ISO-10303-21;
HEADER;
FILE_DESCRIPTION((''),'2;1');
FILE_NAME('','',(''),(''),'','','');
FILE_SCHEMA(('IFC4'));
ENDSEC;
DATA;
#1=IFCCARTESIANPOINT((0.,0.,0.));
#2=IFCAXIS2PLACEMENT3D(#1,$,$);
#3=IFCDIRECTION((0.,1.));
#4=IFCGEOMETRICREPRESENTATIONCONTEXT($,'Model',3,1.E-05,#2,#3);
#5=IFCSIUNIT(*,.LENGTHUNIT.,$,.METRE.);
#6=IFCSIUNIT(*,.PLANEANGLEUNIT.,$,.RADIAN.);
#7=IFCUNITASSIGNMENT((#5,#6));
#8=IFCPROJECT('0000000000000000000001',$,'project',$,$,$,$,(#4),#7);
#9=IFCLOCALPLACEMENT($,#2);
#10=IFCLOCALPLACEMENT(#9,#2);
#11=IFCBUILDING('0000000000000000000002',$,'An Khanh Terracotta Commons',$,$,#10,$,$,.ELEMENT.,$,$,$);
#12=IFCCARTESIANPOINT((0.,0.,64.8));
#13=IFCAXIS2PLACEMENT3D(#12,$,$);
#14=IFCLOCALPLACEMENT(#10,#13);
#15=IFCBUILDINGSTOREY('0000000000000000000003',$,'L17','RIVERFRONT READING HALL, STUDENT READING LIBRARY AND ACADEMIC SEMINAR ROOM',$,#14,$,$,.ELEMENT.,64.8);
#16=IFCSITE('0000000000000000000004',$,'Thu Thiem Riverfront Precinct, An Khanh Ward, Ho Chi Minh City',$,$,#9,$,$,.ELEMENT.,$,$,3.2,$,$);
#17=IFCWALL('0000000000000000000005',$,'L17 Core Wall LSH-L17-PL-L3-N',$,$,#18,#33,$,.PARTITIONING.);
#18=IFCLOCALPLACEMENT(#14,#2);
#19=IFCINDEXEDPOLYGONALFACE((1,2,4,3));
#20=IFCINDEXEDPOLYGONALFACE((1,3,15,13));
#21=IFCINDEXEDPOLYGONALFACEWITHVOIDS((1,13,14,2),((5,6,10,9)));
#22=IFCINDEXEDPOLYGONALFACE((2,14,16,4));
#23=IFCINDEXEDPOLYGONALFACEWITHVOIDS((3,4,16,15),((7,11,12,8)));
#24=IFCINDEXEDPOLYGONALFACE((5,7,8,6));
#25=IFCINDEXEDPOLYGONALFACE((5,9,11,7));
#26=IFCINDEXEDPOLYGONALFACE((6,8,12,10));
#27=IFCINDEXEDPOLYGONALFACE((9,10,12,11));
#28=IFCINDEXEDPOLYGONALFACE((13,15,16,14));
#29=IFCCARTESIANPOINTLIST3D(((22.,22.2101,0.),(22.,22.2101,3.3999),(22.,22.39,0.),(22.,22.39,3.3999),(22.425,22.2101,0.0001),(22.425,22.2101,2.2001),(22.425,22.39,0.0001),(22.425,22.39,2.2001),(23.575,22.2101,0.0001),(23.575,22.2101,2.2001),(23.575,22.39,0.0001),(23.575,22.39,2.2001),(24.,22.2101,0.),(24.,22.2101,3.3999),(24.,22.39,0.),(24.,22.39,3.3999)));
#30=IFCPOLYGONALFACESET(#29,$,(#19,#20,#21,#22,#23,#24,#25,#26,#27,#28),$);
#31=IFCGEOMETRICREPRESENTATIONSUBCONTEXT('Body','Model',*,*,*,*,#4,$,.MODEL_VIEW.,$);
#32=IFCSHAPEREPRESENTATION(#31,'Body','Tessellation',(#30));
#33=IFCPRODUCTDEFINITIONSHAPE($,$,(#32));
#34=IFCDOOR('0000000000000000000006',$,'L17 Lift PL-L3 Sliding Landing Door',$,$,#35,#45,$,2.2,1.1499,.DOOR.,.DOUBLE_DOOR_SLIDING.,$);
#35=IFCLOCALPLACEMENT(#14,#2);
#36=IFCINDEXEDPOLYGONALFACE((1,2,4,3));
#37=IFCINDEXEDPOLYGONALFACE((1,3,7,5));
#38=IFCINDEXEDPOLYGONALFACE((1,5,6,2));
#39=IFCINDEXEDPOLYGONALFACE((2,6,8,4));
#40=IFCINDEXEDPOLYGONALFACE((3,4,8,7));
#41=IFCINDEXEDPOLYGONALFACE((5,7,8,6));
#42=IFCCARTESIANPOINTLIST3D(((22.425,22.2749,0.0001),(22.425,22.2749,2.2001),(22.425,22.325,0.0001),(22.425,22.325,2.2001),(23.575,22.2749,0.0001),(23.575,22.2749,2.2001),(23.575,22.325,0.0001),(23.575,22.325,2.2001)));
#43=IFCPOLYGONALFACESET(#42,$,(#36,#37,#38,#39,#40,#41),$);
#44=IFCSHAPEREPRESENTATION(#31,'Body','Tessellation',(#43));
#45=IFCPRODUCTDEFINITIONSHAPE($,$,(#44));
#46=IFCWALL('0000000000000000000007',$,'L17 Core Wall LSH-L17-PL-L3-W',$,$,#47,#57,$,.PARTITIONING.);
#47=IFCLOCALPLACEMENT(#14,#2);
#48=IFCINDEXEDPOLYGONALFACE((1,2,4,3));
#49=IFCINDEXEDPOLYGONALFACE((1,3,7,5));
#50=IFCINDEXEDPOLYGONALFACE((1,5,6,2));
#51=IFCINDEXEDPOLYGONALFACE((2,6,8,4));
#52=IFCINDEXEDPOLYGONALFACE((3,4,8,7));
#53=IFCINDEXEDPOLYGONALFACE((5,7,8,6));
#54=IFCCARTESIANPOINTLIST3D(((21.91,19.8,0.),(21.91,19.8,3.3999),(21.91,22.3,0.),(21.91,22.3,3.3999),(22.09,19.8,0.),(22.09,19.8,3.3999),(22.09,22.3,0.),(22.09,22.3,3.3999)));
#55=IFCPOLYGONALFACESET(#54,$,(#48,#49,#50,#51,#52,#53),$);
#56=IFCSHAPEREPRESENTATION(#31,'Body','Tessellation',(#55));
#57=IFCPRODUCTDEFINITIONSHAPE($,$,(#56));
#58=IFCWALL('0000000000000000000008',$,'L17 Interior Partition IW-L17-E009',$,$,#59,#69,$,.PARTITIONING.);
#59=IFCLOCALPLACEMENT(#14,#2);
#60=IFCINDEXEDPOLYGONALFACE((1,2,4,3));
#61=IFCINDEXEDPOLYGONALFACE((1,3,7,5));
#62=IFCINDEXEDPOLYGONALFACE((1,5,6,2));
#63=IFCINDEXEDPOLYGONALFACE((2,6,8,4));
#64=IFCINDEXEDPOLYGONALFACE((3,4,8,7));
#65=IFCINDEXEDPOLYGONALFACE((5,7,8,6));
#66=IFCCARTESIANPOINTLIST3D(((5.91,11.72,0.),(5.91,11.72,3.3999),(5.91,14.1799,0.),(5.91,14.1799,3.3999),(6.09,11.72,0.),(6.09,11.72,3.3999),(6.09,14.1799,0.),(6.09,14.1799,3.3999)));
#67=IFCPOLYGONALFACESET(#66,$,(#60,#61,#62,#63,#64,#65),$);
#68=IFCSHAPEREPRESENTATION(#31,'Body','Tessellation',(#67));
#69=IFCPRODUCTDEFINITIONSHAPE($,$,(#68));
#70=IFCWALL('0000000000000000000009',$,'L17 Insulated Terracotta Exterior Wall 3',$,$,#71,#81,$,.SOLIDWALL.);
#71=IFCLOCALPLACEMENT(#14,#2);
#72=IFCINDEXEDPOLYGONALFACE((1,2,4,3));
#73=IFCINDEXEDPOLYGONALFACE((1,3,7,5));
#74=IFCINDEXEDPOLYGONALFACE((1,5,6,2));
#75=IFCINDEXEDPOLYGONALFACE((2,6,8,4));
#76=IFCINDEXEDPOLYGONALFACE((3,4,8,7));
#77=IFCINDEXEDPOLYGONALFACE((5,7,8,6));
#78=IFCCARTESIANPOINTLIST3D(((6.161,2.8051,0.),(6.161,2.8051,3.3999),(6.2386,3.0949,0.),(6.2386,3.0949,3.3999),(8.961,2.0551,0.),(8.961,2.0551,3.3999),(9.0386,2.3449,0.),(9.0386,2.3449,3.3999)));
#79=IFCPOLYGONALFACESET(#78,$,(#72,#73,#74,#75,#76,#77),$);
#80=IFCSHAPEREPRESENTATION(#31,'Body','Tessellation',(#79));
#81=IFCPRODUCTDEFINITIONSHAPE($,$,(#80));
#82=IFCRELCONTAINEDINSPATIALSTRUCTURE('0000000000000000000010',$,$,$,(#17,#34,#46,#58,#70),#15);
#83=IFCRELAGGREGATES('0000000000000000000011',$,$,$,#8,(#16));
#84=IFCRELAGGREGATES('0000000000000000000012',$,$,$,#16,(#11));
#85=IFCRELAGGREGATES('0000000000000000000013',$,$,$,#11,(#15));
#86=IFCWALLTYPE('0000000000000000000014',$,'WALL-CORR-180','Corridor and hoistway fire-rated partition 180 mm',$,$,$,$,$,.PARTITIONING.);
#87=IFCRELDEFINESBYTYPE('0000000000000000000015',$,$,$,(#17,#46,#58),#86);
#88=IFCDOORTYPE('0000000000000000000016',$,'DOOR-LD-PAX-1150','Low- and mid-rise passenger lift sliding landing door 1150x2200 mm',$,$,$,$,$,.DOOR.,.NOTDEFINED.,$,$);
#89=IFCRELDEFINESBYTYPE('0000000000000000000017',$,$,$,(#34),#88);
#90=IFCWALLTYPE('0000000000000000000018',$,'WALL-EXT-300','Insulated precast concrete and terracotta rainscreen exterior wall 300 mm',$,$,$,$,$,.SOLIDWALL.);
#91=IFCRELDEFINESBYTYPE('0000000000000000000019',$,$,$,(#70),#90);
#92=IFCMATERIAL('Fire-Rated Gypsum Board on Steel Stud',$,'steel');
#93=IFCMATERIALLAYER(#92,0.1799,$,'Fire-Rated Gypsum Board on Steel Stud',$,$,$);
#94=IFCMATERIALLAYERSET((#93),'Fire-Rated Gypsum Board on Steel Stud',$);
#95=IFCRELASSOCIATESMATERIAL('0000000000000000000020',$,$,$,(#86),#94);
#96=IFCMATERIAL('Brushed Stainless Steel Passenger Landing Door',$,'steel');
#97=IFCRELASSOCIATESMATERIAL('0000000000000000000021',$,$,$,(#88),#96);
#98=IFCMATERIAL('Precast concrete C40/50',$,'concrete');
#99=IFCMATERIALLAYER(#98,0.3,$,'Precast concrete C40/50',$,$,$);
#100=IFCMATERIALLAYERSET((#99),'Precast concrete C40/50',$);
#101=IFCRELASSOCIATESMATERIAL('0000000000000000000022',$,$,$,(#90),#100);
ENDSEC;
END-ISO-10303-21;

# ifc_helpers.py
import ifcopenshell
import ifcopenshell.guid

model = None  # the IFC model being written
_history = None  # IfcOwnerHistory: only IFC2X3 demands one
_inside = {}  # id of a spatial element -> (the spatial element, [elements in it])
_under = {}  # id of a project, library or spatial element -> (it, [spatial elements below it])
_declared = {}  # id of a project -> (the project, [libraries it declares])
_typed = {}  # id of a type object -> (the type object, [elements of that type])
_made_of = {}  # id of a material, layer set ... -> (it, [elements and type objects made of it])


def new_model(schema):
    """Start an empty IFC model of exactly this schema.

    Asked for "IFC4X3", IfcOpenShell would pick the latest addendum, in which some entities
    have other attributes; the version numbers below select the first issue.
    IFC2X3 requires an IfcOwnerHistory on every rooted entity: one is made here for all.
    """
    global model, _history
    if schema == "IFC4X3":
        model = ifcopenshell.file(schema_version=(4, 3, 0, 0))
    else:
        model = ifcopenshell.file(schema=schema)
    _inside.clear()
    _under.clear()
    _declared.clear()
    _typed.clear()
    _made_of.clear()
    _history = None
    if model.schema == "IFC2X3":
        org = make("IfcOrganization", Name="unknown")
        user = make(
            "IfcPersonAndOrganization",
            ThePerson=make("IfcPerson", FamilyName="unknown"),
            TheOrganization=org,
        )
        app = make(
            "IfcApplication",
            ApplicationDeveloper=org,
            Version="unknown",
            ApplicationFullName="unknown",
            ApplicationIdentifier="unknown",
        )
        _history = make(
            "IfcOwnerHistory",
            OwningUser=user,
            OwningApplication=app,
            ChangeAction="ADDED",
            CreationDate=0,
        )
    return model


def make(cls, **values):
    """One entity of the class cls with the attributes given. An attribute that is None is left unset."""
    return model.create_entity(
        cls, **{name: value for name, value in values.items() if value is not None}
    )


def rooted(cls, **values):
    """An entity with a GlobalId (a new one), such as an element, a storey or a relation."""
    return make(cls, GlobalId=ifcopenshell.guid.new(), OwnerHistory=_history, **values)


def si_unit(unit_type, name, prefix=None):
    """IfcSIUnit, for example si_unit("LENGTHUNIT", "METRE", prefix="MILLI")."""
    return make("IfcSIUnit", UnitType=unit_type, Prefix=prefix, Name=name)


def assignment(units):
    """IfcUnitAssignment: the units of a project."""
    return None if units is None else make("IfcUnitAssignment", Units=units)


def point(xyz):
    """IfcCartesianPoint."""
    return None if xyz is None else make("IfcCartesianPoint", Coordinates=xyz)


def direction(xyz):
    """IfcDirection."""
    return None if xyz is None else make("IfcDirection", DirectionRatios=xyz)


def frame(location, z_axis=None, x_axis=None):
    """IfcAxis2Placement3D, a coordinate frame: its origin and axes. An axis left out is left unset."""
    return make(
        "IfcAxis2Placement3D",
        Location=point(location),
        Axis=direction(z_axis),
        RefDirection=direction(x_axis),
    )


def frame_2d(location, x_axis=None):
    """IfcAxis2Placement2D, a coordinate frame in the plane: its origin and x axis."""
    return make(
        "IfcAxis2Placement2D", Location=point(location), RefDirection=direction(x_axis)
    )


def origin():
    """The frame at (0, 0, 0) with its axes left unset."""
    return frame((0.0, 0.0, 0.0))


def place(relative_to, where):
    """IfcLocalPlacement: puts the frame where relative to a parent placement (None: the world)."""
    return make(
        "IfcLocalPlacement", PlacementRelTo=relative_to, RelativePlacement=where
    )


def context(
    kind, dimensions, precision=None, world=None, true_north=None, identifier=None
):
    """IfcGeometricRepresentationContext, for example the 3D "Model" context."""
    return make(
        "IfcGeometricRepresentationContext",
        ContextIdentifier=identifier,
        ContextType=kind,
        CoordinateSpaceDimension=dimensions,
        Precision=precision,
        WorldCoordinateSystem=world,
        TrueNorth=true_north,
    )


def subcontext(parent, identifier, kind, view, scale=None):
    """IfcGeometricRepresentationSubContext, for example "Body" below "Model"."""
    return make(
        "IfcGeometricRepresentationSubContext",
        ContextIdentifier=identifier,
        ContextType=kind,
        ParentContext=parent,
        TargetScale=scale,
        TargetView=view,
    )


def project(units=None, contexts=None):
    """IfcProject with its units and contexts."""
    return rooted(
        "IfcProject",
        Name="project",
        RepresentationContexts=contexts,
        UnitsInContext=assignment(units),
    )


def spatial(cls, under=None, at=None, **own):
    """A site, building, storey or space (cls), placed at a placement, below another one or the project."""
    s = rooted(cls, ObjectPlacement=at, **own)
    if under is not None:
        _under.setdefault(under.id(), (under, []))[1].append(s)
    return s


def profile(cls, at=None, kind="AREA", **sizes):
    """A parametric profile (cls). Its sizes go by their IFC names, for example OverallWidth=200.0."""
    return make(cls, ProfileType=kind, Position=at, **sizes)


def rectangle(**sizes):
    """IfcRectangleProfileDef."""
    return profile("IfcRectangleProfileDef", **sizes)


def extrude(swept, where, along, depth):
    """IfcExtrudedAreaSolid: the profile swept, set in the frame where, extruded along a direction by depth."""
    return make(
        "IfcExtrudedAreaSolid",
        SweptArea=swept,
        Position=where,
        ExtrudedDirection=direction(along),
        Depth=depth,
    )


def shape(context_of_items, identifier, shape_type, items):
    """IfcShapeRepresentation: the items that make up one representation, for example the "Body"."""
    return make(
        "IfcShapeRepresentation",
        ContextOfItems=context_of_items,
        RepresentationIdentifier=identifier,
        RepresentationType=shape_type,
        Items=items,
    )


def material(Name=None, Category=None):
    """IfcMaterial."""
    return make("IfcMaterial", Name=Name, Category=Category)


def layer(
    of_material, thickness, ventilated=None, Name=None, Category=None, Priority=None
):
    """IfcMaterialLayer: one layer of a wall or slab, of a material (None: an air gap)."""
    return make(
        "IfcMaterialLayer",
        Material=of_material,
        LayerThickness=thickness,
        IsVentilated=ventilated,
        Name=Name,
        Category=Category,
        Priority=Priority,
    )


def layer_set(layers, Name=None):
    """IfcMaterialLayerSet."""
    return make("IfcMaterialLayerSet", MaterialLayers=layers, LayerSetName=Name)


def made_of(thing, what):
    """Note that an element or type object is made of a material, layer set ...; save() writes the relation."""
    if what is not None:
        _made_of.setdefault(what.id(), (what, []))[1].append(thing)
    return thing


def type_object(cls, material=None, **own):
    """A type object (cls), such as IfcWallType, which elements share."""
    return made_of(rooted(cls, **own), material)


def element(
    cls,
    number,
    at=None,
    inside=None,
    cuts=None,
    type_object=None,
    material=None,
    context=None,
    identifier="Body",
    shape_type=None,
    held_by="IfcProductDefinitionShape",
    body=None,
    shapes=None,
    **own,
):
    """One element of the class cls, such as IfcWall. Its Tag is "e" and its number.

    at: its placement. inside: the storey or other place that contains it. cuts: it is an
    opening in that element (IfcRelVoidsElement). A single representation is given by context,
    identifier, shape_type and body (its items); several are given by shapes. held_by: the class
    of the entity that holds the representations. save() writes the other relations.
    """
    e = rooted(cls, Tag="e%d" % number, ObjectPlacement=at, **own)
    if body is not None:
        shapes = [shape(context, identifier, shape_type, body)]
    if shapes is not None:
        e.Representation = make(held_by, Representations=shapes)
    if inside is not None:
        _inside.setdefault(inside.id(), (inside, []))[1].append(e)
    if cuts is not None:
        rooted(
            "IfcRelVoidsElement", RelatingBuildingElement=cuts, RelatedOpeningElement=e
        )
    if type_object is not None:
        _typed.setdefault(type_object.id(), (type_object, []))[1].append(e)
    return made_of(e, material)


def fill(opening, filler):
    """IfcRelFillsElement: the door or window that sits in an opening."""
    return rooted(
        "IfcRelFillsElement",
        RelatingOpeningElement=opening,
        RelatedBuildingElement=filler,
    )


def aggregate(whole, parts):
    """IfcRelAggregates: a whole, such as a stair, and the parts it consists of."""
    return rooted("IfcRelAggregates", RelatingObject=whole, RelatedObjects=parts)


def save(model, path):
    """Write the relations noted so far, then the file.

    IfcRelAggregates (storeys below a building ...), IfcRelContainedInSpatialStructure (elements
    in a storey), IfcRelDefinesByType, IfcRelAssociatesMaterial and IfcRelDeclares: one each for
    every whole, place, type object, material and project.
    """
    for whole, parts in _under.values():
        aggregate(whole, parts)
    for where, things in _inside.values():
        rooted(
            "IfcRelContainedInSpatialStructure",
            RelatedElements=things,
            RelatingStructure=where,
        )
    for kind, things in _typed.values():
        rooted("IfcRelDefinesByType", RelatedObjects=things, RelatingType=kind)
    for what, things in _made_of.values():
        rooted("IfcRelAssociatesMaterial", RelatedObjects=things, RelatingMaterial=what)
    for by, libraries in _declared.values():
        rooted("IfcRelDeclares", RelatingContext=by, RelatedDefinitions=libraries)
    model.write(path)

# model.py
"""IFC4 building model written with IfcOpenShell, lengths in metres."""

from ifc_helpers import new_model, si_unit, direction, frame, frame_2d, origin, place, context, subcontext, project, spatial, rectangle, extrude, material, layer, layer_set, type_object, element, fill, save


model = new_model("IFC4")

# Units and contexts
model_context = context("Model", 3, precision=1e-05, world=origin(), true_north=direction((0.0, 1.0)))
body_context = subcontext(model_context, "Body", "Model", "MODEL_VIEW")
ifc_project = project(units=[si_unit("LENGTHUNIT", "METRE"), si_unit("PLANEANGLEUNIT", "RADIAN")], contexts=[model_context])

# Site, building, storey
site_placement = place(None, origin())
site = spatial("IfcSite", under=ifc_project, at=site_placement, Name="Thu Thiem Riverfront Precinct, An Khanh Ward, Ho Chi Minh City", CompositionType="ELEMENT", RefElevation=3.2)
building_placement = place(site_placement, origin())
building = spatial("IfcBuilding", under=site, at=building_placement, Name="An Khanh Terracotta Commons", CompositionType="ELEMENT")
storey_placement = place(building_placement, frame((0.0, 0.0, 64.8)))
storey = spatial("IfcBuildingStorey", under=building, at=storey_placement, Name="L17", Description="RIVERFRONT READING HALL, STUDENT READING LIBRARY AND ACADEMIC SEMINAR ROOM", CompositionType="ELEMENT", Elevation=64.8)

# Shared definitions
ifc_material_1 = material(Name="Fire-Rated Gypsum Board on Steel Stud", Category="steel")
ifc_layer_1 = layer(ifc_material_1, 0.1799, Name="Fire-Rated Gypsum Board on Steel Stud")
ifc_layer_set_1 = layer_set([ifc_layer_1], Name="Fire-Rated Gypsum Board on Steel Stud")
wall_type_1 = type_object("IfcWallType", Name="WALL-CORR-180", Description="Corridor and hoistway fire-rated partition 180 mm", PredefinedType="PARTITIONING", material=ifc_layer_set_1)

# Wall, opening, door
wall_1_placement = place(storey_placement, frame((22.0, 22.3, 0.0), z_axis=(0.0, 0.0, 1.0), x_axis=(1.0, 0.0, 0.0)))
wall_1 = element("IfcWall", 1, at=wall_1_placement, inside=storey, type_object=wall_type_1, Name="L17 Core Wall LSH-L17-PL-L3-N", PredefinedType="PARTITIONING", context=body_context, shape_type="SweptSolid", body=[
    extrude(rectangle(XDim=2.0, YDim=0.1799, at=frame_2d((1.0, 0.0))), origin(), (0.0, 0.0, 1.0), 3.3999),
])
opening_1_placement = place(wall_1_placement, frame((0.425, 0.0, 0.0)))
opening_1 = element("IfcOpeningElement", 2, at=opening_1_placement, cuts=wall_1, PredefinedType="OPENING", context=body_context, shape_type="SweptSolid", body=[
    extrude(rectangle(XDim=1.1499, YDim=2.2, at=frame_2d((0.575, 1.1001))), frame((0.0, 0.0999, 0.0), z_axis=(0.0, -1.0, 0.0), x_axis=(1.0, 0.0, 0.0)), (0.0, 0.0, 1.0), 0.2),
])
ifc_material_2 = material(Name="Brushed Stainless Steel Passenger Landing Door", Category="steel")
door_type_1 = type_object("IfcDoorType", Name="DOOR-LD-PAX-1150", Description="Low- and mid-rise passenger lift sliding landing door 1150x2200 mm", OperationType="NOTDEFINED", PredefinedType="DOOR", material=ifc_material_2)
door_1_placement = place(opening_1_placement, origin())
door_1 = element("IfcDoor", 3, at=door_1_placement, inside=storey, type_object=door_type_1, Name="L17 Lift PL-L3 Sliding Landing Door", OperationType="DOUBLE_DOOR_SLIDING", OverallHeight=2.2, OverallWidth=1.1499, PredefinedType="DOOR", context=body_context, shape_type="SweptSolid", body=[
    extrude(rectangle(XDim=1.1499, YDim=2.2, at=frame_2d((0.575, 1.1001))), frame((0.0, 0.0249, 0.0), z_axis=(0.0, -1.0, 0.0), x_axis=(1.0, 0.0, 0.0)), (0.0, 0.0, 1.0), 0.05),
])
fill(opening_1, door_1)

# Walls
wall_2_placement = place(storey_placement, frame((22.0, 22.3, 0.0), z_axis=(0.0, 0.0, 1.0), x_axis=(0.0, -1.0, 0.0)))
element("IfcWall", 4, at=wall_2_placement, inside=storey, type_object=wall_type_1, Name="L17 Core Wall LSH-L17-PL-L3-W", PredefinedType="PARTITIONING", context=body_context, shape_type="SweptSolid", body=[
    extrude(rectangle(XDim=2.5, YDim=0.1799, at=frame_2d((1.25, 0.0))), origin(), (0.0, 0.0, 1.0), 3.3999),
])
wall_3_placement = place(storey_placement, frame((6.0, 11.72, 0.0), z_axis=(0.0, 0.0, 1.0), x_axis=(0.0, 1.0, 0.0)))
element("IfcWall", 5, at=wall_3_placement, inside=storey, type_object=wall_type_1, Name="L17 Interior Partition IW-L17-E009", PredefinedType="PARTITIONING", context=body_context, shape_type="SweptSolid", body=[
    extrude(rectangle(XDim=2.46, YDim=0.1799, at=frame_2d((1.23, 0.0))), origin(), (0.0, 0.0, 1.0), 3.3999),
])
ifc_material_3 = material(Name="Precast concrete C40/50", Category="concrete")
ifc_layer_2 = layer(ifc_material_3, 0.3, Name="Precast concrete C40/50")
ifc_layer_set_2 = layer_set([ifc_layer_2], Name="Precast concrete C40/50")
wall_type_2 = type_object("IfcWallType", Name="WALL-EXT-300", Description="Insulated precast concrete and terracotta rainscreen exterior wall 300 mm", PredefinedType="SOLIDWALL", material=ifc_layer_set_2)
wall_4_placement = place(storey_placement, frame((6.2, 2.95, 0.0), z_axis=(0.0, 0.0, 1.0), x_axis=(0.965949, -0.258732, 0.0)))
element("IfcWall", 6, at=wall_4_placement, inside=storey, type_object=wall_type_2, Name="L17 Insulated Terracotta Exterior Wall 3", PredefinedType="SOLIDWALL", context=body_context, shape_type="SweptSolid", body=[
    extrude(rectangle(XDim=2.8987, YDim=0.3, at=frame_2d((1.4492, 0.0))), origin(), (0.0, 0.0, 1.0), 3.3999),
])

save(model, "model.ifc")
